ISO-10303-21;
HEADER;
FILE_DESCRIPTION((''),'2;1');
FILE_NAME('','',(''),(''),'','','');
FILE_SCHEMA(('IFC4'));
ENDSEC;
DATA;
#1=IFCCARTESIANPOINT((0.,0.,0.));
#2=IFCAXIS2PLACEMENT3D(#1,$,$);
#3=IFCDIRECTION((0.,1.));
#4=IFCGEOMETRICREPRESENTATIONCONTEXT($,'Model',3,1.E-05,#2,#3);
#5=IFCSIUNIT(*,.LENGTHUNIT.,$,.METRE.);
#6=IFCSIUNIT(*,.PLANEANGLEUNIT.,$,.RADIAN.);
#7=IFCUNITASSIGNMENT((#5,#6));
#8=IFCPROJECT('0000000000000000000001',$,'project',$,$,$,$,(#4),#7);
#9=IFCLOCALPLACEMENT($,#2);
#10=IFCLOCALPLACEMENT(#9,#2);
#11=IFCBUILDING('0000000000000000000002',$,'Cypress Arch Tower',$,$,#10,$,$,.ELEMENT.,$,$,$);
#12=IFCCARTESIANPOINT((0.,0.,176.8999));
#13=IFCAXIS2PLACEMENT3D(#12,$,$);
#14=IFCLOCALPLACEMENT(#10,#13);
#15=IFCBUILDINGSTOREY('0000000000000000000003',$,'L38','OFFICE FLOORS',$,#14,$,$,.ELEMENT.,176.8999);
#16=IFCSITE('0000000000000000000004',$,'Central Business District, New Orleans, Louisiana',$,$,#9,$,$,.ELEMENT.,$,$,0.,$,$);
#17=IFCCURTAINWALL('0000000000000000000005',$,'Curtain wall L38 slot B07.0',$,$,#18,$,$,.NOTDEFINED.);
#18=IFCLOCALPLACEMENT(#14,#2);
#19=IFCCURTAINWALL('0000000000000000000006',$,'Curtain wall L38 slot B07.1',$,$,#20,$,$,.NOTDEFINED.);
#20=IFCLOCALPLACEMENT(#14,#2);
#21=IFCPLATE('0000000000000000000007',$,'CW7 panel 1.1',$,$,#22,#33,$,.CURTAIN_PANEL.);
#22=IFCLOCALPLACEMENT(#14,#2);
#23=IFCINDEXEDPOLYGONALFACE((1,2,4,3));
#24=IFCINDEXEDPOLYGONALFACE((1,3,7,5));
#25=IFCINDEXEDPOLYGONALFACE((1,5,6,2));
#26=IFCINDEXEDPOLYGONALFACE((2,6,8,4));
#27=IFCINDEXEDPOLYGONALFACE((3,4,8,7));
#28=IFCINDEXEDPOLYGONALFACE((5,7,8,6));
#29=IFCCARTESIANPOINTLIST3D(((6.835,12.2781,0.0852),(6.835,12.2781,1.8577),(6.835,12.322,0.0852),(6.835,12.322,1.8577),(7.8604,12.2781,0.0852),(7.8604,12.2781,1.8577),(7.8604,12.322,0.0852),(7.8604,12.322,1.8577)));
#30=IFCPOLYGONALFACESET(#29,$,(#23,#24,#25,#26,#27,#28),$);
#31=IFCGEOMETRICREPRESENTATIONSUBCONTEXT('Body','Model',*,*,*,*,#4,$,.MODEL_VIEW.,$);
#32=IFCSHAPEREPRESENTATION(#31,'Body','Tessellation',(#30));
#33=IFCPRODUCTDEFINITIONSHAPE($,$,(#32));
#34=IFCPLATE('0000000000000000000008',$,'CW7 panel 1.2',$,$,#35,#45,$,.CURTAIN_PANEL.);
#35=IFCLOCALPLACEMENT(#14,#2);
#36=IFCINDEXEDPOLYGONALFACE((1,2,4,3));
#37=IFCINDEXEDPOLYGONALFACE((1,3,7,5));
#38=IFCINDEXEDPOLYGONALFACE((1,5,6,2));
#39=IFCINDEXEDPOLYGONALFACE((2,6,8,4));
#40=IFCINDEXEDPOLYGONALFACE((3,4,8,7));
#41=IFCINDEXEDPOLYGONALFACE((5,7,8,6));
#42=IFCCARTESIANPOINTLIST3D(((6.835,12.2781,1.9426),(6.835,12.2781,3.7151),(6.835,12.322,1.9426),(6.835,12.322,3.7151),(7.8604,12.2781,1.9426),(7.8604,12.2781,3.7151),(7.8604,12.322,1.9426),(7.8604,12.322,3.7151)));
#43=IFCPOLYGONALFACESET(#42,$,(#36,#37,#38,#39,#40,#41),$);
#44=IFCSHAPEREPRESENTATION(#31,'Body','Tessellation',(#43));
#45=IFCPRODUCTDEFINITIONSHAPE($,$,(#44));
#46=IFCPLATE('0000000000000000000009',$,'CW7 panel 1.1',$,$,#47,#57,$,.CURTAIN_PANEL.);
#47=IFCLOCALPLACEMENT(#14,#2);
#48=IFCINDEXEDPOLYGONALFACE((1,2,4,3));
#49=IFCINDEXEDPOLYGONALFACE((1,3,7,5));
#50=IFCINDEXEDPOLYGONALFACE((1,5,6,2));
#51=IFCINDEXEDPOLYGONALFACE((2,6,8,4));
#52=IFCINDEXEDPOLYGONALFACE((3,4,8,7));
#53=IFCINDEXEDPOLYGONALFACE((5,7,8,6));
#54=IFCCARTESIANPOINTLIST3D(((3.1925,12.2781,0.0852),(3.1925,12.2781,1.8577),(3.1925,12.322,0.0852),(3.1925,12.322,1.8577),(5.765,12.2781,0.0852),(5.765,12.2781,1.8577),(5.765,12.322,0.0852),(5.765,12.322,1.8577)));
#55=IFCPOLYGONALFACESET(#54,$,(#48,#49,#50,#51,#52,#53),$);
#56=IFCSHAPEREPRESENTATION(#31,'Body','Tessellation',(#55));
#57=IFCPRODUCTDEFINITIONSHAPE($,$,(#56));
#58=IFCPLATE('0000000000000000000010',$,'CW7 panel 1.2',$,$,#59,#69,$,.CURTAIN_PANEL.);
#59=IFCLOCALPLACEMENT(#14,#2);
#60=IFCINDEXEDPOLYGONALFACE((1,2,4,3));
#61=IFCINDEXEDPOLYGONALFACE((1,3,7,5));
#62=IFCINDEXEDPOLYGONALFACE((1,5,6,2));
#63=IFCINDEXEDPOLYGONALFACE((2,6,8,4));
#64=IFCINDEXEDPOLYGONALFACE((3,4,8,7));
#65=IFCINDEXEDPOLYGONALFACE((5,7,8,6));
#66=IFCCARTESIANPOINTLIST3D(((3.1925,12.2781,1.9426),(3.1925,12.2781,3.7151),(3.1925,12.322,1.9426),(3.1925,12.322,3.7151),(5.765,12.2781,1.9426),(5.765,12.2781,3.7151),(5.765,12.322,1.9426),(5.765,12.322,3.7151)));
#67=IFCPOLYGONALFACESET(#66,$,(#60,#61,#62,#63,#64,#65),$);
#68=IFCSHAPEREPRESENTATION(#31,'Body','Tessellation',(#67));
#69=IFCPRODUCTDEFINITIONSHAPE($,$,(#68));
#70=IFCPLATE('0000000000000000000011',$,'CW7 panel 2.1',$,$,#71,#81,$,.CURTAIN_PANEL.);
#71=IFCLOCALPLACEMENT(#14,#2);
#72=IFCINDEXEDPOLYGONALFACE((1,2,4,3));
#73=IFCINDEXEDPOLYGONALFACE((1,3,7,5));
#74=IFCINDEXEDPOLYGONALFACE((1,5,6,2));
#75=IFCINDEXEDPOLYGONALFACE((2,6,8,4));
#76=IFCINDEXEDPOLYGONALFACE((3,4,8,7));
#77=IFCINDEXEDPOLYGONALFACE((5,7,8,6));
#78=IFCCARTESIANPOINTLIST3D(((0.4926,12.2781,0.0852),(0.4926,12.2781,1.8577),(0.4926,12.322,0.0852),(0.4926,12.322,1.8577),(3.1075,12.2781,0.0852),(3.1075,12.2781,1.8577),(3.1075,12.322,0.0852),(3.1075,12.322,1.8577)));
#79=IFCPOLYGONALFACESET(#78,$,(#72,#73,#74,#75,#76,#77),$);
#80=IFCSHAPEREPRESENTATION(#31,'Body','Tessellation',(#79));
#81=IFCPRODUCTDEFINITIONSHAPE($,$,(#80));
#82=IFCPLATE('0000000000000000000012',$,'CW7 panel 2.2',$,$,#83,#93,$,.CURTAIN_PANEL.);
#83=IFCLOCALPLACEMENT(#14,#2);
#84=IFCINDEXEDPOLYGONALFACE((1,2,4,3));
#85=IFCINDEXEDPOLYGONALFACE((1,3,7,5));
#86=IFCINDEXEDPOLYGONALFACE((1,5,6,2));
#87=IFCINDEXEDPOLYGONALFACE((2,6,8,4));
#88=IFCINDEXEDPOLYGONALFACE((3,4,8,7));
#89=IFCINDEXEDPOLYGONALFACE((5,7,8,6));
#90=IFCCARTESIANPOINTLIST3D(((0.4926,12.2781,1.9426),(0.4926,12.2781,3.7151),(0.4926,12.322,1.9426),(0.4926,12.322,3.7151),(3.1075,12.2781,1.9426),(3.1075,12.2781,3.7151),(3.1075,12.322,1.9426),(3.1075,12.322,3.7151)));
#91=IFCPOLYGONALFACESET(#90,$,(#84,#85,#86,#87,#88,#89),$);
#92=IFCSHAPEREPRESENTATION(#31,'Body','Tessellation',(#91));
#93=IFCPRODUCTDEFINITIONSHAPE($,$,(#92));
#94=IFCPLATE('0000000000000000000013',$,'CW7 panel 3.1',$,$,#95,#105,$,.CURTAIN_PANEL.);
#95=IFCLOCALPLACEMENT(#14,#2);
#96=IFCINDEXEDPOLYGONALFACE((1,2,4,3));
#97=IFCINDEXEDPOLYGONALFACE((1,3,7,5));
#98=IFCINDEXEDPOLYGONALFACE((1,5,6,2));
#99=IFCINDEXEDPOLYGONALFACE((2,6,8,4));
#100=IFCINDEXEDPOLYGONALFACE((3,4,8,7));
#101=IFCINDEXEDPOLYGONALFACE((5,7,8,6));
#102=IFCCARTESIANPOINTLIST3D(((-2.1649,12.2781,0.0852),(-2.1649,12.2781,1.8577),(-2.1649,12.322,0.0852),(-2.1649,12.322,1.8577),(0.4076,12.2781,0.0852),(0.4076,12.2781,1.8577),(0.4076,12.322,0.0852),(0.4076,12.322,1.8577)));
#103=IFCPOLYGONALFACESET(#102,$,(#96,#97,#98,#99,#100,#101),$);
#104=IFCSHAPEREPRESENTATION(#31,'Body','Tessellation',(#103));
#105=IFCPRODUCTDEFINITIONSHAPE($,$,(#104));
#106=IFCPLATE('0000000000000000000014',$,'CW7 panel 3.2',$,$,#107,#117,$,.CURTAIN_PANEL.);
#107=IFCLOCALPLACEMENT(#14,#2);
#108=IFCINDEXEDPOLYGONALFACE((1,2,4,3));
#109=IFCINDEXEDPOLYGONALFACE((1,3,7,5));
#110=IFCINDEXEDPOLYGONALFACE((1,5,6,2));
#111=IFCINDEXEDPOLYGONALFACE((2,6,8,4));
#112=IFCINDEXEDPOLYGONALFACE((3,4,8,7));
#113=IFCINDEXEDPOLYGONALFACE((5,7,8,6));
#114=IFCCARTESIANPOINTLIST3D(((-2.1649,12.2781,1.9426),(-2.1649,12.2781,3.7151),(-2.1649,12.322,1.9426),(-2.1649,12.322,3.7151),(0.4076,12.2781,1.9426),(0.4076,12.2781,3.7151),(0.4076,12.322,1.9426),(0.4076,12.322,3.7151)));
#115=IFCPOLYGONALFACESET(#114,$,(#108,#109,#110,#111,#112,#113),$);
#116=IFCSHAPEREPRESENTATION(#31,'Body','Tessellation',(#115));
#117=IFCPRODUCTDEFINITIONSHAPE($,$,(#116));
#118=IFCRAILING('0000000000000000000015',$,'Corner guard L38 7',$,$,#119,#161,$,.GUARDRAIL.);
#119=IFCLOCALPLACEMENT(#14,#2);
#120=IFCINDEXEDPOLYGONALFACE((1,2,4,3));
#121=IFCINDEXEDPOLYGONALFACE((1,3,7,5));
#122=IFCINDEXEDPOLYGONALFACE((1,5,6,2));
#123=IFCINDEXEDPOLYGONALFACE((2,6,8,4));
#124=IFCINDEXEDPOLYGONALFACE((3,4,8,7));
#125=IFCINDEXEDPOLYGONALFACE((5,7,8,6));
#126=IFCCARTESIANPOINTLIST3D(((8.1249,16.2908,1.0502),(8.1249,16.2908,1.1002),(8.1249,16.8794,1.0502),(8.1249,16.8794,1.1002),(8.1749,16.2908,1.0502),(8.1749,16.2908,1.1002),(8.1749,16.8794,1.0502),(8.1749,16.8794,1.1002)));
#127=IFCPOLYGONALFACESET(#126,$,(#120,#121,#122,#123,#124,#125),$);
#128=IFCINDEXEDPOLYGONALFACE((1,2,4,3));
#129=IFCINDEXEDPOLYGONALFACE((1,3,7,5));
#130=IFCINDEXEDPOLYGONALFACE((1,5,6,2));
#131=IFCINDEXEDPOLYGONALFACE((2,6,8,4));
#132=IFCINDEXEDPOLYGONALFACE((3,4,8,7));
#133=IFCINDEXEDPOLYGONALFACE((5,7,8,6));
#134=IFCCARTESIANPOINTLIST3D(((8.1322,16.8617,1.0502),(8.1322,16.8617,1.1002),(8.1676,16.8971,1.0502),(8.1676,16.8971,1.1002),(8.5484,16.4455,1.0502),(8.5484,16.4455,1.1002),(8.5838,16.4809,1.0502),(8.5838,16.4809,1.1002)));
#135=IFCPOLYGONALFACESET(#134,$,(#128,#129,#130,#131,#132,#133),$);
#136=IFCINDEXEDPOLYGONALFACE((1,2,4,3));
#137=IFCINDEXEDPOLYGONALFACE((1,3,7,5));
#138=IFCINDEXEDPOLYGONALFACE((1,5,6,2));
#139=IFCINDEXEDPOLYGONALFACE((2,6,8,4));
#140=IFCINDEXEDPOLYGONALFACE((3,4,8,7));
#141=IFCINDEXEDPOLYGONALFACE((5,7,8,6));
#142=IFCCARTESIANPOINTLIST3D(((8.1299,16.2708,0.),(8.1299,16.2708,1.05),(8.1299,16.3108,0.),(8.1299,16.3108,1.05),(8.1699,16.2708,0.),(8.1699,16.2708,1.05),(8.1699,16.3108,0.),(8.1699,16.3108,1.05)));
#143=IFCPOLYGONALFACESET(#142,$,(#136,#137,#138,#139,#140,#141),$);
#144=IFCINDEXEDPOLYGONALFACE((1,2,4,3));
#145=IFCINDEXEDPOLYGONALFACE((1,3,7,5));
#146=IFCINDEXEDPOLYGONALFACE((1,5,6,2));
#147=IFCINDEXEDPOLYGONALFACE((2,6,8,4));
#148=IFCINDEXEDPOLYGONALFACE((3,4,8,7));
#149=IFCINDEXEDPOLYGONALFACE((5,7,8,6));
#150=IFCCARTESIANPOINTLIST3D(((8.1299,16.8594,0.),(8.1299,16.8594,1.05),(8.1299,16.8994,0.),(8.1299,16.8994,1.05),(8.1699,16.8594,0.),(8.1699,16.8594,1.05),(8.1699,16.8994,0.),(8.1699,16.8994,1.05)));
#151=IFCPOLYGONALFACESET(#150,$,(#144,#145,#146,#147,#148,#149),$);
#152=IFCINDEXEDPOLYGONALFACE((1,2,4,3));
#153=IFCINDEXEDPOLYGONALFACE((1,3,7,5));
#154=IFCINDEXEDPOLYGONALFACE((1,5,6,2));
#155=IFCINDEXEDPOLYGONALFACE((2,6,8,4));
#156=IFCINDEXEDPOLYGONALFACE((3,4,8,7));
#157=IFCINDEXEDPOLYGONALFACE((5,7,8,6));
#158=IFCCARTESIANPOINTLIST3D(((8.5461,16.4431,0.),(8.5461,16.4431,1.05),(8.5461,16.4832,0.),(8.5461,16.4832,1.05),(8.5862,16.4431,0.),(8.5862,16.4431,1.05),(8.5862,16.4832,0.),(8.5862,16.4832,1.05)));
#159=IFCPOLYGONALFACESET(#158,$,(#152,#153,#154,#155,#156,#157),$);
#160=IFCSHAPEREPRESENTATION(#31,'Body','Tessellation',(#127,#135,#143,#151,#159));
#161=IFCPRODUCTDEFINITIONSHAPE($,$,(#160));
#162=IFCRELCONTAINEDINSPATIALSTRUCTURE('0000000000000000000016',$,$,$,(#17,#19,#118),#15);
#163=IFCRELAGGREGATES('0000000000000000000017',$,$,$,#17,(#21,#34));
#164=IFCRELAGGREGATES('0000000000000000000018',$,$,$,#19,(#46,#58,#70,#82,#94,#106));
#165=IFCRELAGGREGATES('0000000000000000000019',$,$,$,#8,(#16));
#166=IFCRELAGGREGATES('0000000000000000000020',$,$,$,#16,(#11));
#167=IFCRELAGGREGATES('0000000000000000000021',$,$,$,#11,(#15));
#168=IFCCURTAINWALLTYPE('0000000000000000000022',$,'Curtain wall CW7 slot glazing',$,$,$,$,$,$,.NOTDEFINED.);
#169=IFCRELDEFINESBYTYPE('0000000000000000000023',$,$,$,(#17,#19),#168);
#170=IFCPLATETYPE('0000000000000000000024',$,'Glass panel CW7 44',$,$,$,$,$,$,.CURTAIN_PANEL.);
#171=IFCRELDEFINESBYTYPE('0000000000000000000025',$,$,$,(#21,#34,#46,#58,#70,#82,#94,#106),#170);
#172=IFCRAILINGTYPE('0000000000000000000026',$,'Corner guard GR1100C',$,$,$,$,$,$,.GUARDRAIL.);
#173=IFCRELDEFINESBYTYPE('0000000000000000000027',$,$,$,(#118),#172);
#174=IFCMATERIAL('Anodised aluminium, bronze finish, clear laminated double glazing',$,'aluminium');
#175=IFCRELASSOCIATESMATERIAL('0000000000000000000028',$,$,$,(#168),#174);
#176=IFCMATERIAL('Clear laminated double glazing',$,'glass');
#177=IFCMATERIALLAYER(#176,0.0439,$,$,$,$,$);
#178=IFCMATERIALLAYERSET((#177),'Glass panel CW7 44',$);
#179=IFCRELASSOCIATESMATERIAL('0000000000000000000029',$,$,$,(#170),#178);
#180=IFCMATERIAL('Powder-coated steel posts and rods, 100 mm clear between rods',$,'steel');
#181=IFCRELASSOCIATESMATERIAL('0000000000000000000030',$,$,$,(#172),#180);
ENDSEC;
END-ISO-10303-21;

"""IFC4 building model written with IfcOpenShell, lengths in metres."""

from ifc_helpers import new_model, si_unit, direction, frame, origin, origin_2d, place, context, subcontext, project, spatial, rectangle, extrude, material, layer, layer_set, type_object, element, aggregate, save


model = new_model("IFC4")

# Units and contexts
model_context = context("Model", 3, precision=1e-05, world=origin(), true_north=direction((0.0, 1.0)))
body_context = subcontext(model_context, "Body", "Model", "MODEL_VIEW")
ifc_project = project(units=[si_unit("LENGTHUNIT", "METRE"), si_unit("PLANEANGLEUNIT", "RADIAN")], contexts=[model_context])

# Site, building, storey
site_placement = place(None, origin())
site = spatial("IfcSite", under=ifc_project, at=site_placement, Name="Central Business District, New Orleans, Louisiana", CompositionType="ELEMENT", RefElevation=0.0)
building_placement = place(site_placement, origin())
building = spatial("IfcBuilding", under=site, at=building_placement, Name="Cypress Arch Tower", CompositionType="ELEMENT")
storey_placement = place(building_placement, frame((0.0, 0.0, 176.8999)))
storey = spatial("IfcBuildingStorey", under=building, at=storey_placement, Name="L38", Description="OFFICE FLOORS", CompositionType="ELEMENT", Elevation=176.8999)

# Shared definitions
ifc_material_1 = material(Name="Anodised aluminium, bronze finish, clear laminated double glazing", Category="aluminium")
curtain_wall_type = type_object("IfcCurtainWallType", Name="Curtain wall CW7 slot glazing", PredefinedType="NOTDEFINED", material=ifc_material_1)

# Curtain walls
curtain_wall_1_placement = place(storey_placement, origin())
curtain_wall_1 = element("IfcCurtainWall", 1, at=curtain_wall_1_placement, inside=storey, type_object=curtain_wall_type, Name="Curtain wall L38 slot B07.0", PredefinedType="NOTDEFINED")
curtain_wall_2_placement = place(storey_placement, origin())
curtain_wall_2 = element("IfcCurtainWall", 2, at=curtain_wall_2_placement, inside=storey, type_object=curtain_wall_type, Name="Curtain wall L38 slot B07.1", PredefinedType="NOTDEFINED")

# Plates
ifc_material_2 = material(Name="Clear laminated double glazing", Category="glass")
ifc_layer = layer(ifc_material_2, 0.0439)
ifc_layer_set = layer_set([ifc_layer], Name="Glass panel CW7 44")
plate_type = type_object("IfcPlateType", Name="Glass panel CW7 44", PredefinedType="CURTAIN_PANEL", material=ifc_layer_set)
plate_1_placement = place(storey_placement, frame((7.3477, 12.3, 0.0852), z_axis=(0.0, 0.0, 1.0), x_axis=(-1.0, 0.0, 0.0)))
plate_1 = element("IfcPlate", 3, at=plate_1_placement, type_object=plate_type, Name="CW7 panel 1.1", PredefinedType="CURTAIN_PANEL", context=body_context, shape_type="SweptSolid", body=[
    extrude(rectangle(XDim=1.0254, YDim=0.0439, at=origin_2d()), origin(), (0.0, 0.0, 1.0), 1.7725),
])
plate_2_placement = place(storey_placement, frame((7.3477, 12.3, 1.9426), z_axis=(0.0, 0.0, 1.0), x_axis=(-1.0, 0.0, 0.0)))
plate_2 = element("IfcPlate", 4, at=plate_2_placement, type_object=plate_type, Name="CW7 panel 1.2", PredefinedType="CURTAIN_PANEL", context=body_context, shape_type="SweptSolid", body=[
    extrude(rectangle(XDim=1.0254, YDim=0.0439, at=origin_2d()), origin(), (0.0, 0.0, 1.0), 1.7725),
])
aggregate(curtain_wall_1, [plate_1, plate_2])
plate_3_placement = place(storey_placement, frame((4.4788, 12.3, 0.0852), z_axis=(0.0, 0.0, 1.0), x_axis=(-1.0, 0.0, 0.0)))
plate_3 = element("IfcPlate", 5, at=plate_3_placement, type_object=plate_type, Name="CW7 panel 1.1", PredefinedType="CURTAIN_PANEL", context=body_context, shape_type="SweptSolid", body=[
    extrude(rectangle(XDim=2.5725, YDim=0.0439, at=origin_2d()), origin(), (0.0, 0.0, 1.0), 1.7725),
])
plate_4_placement = place(storey_placement, frame((4.4788, 12.3, 1.9426), z_axis=(0.0, 0.0, 1.0), x_axis=(-1.0, 0.0, 0.0)))
plate_4 = element("IfcPlate", 6, at=plate_4_placement, type_object=plate_type, Name="CW7 panel 1.2", PredefinedType="CURTAIN_PANEL", context=body_context, shape_type="SweptSolid", body=[
    extrude(rectangle(XDim=2.5725, YDim=0.0439, at=origin_2d()), origin(), (0.0, 0.0, 1.0), 1.7725),
])
plate_5_placement = place(storey_placement, frame((1.8, 12.3, 0.0852), z_axis=(0.0, 0.0, 1.0), x_axis=(-1.0, 0.0, 0.0)))
plate_5 = element("IfcPlate", 7, at=plate_5_placement, type_object=plate_type, Name="CW7 panel 2.1", PredefinedType="CURTAIN_PANEL", context=body_context, shape_type="SweptSolid", body=[
    extrude(rectangle(XDim=2.615, YDim=0.0439, at=origin_2d()), origin(), (0.0, 0.0, 1.0), 1.7725),
])
plate_6_placement = place(storey_placement, frame((1.8, 12.3, 1.9426), z_axis=(0.0, 0.0, 1.0), x_axis=(-1.0, 0.0, 0.0)))
plate_6 = element("IfcPlate", 8, at=plate_6_placement, type_object=plate_type, Name="CW7 panel 2.2", PredefinedType="CURTAIN_PANEL", context=body_context, shape_type="SweptSolid", body=[
    extrude(rectangle(XDim=2.615, YDim=0.0439, at=origin_2d()), origin(), (0.0, 0.0, 1.0), 1.7725),
])
plate_7_placement = place(storey_placement, frame((-0.8787, 12.3, 0.0852), z_axis=(0.0, 0.0, 1.0), x_axis=(-1.0, 0.0, 0.0)))
plate_7 = element("IfcPlate", 9, at=plate_7_placement, type_object=plate_type, Name="CW7 panel 3.1", PredefinedType="CURTAIN_PANEL", context=body_context, shape_type="SweptSolid", body=[
    extrude(rectangle(XDim=2.5725, YDim=0.0439, at=origin_2d()), origin(), (0.0, 0.0, 1.0), 1.7725),
])
plate_8_placement = place(storey_placement, frame((-0.8787, 12.3, 1.9426), z_axis=(0.0, 0.0, 1.0), x_axis=(-1.0, 0.0, 0.0)))
plate_8 = element("IfcPlate", 10, at=plate_8_placement, type_object=plate_type, Name="CW7 panel 3.2", PredefinedType="CURTAIN_PANEL", context=body_context, shape_type="SweptSolid", body=[
    extrude(rectangle(XDim=2.5725, YDim=0.0439, at=origin_2d()), origin(), (0.0, 0.0, 1.0), 1.7725),
])
aggregate(curtain_wall_2, [plate_3, plate_4, plate_5, plate_6, plate_7, plate_8])

# Railing
ifc_material_3 = material(Name="Powder-coated steel posts and rods, 100 mm clear between rods", Category="steel")
railing_type = type_object("IfcRailingType", Name="Corner guard GR1100C", PredefinedType="GUARDRAIL", material=ifc_material_3)
railing_placement = place(storey_placement, frame((8.1499, 16.2908, 0.0)))
element("IfcRailing", 11, at=railing_placement, inside=storey, type_object=railing_type, Name="Corner guard L38 7", PredefinedType="GUARDRAIL", context=body_context, shape_type="SweptSolid", body=[
    extrude(rectangle(XDim=0.05, YDim=0.05, at=origin_2d()), frame((0.0, 0.0, 1.0752), z_axis=(0.0, 1.0, 0.0), x_axis=(-1.0, 0.0, 0.0)), (0.0, 0.0, 1.0), 0.5886),
    extrude(rectangle(XDim=0.05, YDim=0.05, at=origin_2d()), frame((0.0, 0.5886, 1.0752), z_axis=(0.707107, -0.707107, 0.0), x_axis=(0.707107, 0.707107, 0.0)), (0.0, 0.0, 1.0), 0.5886),
    extrude(rectangle(XDim=0.04, YDim=0.04, at=origin_2d()), origin(), (0.0, 0.0, 1.0), 1.05),
    extrude(rectangle(XDim=0.04, YDim=0.04, at=origin_2d()), frame((0.0, 0.5886, 0.0)), (0.0, 0.0, 1.0), 1.05),
    extrude(rectangle(XDim=0.04, YDim=0.04, at=origin_2d()), frame((0.4163, 0.1724, 0.0)), (0.0, 0.0, 1.0), 1.05),
])

save(model, "model.ifc")
